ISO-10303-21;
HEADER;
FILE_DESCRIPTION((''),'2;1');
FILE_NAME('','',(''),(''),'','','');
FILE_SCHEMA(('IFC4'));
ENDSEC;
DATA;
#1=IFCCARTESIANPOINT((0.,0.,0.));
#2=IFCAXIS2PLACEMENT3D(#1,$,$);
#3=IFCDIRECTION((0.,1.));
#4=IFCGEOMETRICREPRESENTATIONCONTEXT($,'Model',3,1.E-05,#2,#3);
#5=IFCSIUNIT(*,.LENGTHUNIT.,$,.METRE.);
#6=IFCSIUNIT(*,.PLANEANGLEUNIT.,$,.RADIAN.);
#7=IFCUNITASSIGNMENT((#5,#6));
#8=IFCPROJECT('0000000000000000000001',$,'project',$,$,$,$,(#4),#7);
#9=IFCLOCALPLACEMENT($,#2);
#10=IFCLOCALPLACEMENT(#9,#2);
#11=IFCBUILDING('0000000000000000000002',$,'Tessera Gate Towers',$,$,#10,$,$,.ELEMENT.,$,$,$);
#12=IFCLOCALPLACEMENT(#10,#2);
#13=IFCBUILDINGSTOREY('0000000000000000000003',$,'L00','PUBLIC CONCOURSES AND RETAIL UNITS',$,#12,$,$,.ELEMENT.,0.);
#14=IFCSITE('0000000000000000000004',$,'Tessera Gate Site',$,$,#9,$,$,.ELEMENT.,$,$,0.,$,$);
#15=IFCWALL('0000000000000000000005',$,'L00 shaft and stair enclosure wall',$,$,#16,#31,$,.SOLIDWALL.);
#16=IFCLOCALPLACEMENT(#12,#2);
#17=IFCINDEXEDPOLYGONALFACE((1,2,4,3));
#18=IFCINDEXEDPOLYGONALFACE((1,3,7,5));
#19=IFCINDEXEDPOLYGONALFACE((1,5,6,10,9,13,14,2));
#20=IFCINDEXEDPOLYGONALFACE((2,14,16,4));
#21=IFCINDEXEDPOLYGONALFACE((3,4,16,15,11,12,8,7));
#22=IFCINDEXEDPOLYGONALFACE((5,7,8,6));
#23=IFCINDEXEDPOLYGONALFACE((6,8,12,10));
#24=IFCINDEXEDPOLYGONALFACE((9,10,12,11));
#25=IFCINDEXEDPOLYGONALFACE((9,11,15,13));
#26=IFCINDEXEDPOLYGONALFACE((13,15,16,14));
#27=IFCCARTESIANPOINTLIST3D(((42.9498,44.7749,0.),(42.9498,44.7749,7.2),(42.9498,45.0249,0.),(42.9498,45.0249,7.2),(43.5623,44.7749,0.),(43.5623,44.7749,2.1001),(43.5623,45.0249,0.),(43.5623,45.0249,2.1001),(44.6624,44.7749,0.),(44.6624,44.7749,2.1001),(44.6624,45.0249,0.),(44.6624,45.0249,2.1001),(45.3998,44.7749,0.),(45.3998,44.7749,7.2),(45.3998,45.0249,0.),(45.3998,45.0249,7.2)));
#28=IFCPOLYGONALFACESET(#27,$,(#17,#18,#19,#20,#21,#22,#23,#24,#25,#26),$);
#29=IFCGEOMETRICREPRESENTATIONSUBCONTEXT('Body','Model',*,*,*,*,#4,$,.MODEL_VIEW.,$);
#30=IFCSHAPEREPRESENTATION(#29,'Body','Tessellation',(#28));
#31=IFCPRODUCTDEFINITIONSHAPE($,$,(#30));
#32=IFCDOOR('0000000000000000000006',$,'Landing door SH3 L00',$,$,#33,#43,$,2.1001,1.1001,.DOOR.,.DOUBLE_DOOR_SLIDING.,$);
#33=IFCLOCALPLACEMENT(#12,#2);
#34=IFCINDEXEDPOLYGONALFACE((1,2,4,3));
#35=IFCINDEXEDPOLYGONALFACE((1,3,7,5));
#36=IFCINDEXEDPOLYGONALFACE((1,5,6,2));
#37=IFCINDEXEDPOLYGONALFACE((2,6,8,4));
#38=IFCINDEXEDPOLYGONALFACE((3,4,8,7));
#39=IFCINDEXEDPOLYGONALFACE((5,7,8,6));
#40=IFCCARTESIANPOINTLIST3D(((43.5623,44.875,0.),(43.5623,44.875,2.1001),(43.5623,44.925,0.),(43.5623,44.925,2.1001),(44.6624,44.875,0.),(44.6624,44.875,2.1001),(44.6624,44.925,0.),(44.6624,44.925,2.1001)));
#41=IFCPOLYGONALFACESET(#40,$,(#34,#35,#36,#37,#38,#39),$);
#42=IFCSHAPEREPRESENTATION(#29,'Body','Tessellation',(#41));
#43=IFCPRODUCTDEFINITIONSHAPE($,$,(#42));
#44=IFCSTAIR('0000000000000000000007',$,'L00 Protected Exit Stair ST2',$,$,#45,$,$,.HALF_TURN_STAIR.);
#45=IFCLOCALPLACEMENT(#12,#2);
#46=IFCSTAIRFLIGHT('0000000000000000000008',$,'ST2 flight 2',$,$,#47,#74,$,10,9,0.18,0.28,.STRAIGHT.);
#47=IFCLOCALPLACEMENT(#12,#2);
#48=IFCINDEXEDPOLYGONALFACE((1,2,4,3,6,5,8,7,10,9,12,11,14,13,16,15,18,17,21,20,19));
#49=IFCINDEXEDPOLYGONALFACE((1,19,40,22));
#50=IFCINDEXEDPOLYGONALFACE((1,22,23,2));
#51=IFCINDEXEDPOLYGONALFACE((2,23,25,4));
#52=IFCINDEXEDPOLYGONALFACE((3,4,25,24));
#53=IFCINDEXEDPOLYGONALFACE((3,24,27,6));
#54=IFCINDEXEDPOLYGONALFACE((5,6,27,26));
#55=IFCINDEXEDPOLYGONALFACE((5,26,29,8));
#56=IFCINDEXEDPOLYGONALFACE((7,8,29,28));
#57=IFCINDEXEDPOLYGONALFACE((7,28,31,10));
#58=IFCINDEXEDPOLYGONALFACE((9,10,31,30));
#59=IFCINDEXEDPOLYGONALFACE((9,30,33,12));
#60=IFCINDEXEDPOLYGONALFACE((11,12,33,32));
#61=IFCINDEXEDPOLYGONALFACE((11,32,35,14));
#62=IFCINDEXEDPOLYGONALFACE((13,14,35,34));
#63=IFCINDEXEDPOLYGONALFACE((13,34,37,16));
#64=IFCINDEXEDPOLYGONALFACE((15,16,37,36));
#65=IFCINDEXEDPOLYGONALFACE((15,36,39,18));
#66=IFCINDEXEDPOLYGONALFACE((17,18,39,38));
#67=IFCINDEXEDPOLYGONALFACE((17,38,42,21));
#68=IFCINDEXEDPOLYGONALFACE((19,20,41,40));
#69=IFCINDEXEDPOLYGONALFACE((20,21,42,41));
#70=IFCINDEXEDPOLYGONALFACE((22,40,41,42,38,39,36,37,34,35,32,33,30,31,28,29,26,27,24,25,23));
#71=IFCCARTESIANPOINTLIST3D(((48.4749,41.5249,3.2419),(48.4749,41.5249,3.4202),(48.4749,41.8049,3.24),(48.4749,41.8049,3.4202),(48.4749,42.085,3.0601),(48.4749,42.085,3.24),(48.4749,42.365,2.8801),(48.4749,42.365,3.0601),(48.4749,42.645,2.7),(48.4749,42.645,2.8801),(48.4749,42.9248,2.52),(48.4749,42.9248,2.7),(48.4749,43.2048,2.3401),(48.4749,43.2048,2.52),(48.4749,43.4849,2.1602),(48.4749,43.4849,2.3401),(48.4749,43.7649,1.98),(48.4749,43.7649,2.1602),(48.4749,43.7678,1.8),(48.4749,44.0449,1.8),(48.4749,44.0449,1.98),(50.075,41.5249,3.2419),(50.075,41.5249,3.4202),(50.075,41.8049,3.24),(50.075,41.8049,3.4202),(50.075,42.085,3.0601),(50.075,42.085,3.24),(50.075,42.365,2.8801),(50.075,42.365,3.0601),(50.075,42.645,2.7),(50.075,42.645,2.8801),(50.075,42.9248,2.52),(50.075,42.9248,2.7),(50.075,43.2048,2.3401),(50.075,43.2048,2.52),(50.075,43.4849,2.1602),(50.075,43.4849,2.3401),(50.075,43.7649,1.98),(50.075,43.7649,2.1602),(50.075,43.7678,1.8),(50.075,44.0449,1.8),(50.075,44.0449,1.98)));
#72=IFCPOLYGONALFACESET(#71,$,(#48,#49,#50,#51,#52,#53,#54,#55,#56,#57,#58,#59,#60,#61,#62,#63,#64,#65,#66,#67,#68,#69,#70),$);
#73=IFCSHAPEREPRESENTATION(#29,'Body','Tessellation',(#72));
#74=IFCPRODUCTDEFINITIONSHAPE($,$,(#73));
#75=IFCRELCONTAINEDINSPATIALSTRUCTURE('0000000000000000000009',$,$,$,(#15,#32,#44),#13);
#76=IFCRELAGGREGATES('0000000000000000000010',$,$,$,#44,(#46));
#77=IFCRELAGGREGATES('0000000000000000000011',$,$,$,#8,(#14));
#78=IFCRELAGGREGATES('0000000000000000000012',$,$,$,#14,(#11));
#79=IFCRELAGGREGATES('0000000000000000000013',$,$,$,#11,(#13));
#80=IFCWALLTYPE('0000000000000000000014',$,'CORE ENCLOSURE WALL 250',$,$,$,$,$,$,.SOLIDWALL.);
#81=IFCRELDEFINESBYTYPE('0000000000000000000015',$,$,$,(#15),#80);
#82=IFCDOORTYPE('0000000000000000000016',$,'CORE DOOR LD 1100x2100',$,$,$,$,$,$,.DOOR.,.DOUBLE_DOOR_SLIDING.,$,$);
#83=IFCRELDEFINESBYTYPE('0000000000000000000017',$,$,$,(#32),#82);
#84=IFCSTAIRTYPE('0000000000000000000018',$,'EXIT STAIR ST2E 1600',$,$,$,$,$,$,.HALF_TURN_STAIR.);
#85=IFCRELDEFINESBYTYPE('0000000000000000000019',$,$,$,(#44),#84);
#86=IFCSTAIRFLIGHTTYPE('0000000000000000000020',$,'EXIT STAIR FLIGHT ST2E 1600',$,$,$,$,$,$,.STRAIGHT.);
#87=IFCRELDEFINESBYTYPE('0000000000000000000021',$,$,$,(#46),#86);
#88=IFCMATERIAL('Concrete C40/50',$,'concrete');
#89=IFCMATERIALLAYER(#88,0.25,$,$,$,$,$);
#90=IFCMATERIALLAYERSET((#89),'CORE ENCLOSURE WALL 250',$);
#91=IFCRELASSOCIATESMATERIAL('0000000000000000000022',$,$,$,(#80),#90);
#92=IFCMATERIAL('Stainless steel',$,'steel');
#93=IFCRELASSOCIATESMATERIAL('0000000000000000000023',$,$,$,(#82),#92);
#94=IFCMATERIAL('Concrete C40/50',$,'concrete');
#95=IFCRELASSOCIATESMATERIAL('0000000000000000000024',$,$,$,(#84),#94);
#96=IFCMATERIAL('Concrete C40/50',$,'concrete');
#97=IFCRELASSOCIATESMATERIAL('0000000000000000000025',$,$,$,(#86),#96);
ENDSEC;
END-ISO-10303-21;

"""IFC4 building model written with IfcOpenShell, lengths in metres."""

from ifc_helpers import new_model, si_unit, direction, frame, frame_2d, origin, place, context, subcontext, project, spatial, polyline, rectangle, outline, extrude, source, transform, mapped, material, layer, layer_set, type_object, element, fill, aggregate, save


model = new_model("IFC4")

# Units and contexts
model_context = context("Model", 3, precision=1e-05, world=origin(), true_north=direction((0.0, 1.0)))
body_context = subcontext(model_context, "Body", "Model", "MODEL_VIEW")
ifc_project = project(units=[si_unit("LENGTHUNIT", "METRE"), si_unit("PLANEANGLEUNIT", "RADIAN")], contexts=[model_context])

# Site, building, storey
site_placement = place(None, origin())
site = spatial("IfcSite", under=ifc_project, at=site_placement, Name="Tessera Gate Site", CompositionType="ELEMENT", RefElevation=0.0)
building_placement = place(site_placement, origin())
building = spatial("IfcBuilding", under=site, at=building_placement, Name="Tessera Gate Towers", CompositionType="ELEMENT")
storey_placement = place(building_placement, origin())
storey = spatial("IfcBuildingStorey", under=building, at=storey_placement, Name="L00", Description="PUBLIC CONCOURSES AND RETAIL UNITS", CompositionType="ELEMENT", Elevation=0.0)

# Shared definitions
ifc_material_1 = material(Name="Concrete C40/50", Category="concrete")
ifc_layer = layer(ifc_material_1, 0.25)
ifc_layer_set = layer_set([ifc_layer], Name="CORE ENCLOSURE WALL 250")
wall_type = type_object("IfcWallType", Name="CORE ENCLOSURE WALL 250", PredefinedType="SOLIDWALL", material=ifc_layer_set)

# Shared definitions
shared_shape_1 = source(origin(), body_context, "Body", "SweptSolid", [
    extrude(rectangle(XDim=1.1001, YDim=2.1001, at=frame_2d((0.55, 1.05))), frame((0.0, 0.135, 0.0), z_axis=(0.0, -1.0, 0.0), x_axis=(1.0, 0.0, 0.0)), (0.0, 0.0, 1.0), 0.27),
])
ifc_material_2 = material(Name="Stainless steel", Category="steel")
door_type_1 = type_object("IfcDoorType", Name="CORE DOOR LD 1100x2100", OperationType="DOUBLE_DOOR_SLIDING", PredefinedType="DOOR", material=ifc_material_2)
shared_shape_2 = source(origin(), body_context, "Body", "SweptSolid", [
    extrude(rectangle(XDim=1.1001, YDim=2.1001, at=frame_2d((0.55, 1.05))), frame((0.0, 0.0249, 0.0), z_axis=(0.0, -1.0, 0.0), x_axis=(1.0, 0.0, 0.0)), (0.0, 0.0, 1.0), 0.05),
])

# Wall, opening, door
wall_1_placement = place(storey_placement, frame((45.3999, 44.8999, 0.0), z_axis=(0.0, 0.0, 1.0), x_axis=(-1.0, 0.0, 0.0)))
wall_1 = element("IfcWall", 1, at=wall_1_placement, inside=storey, type_object=wall_type, Name="L00 shaft and stair enclosure wall", PredefinedType="SOLIDWALL", context=body_context, shape_type="SweptSolid", body=[
    extrude(rectangle(XDim=2.45, YDim=0.25, at=frame_2d((1.2251, 0.0))), origin(), (0.0, 0.0, 1.0), 7.2),
])
opening_1_placement = place(wall_1_placement, frame((0.7375, 0.0, 0.0)))
opening_1 = element("IfcOpeningElement", 2, at=opening_1_placement, cuts=wall_1, PredefinedType="OPENING", context=body_context, shape_type="MappedRepresentation", body=[
    mapped(shared_shape_1, transform((0.0, 0.0, 0.0), scale=1.0)),
])
door_1_placement = place(opening_1_placement, origin())
door_1 = element("IfcDoor", 3, at=door_1_placement, inside=storey, type_object=door_type_1, Name="Landing door SH3 L00", OperationType="DOUBLE_DOOR_SLIDING", OverallHeight=2.1001, OverallWidth=1.1001, PredefinedType="DOOR", context=body_context, shape_type="MappedRepresentation", body=[
    mapped(shared_shape_2, transform((0.0, 0.0, 0.0), scale=1.0)),
])
fill(opening_1, door_1)

# Stair, stair flight
ifc_material_3 = material(Name="Concrete C40/50", Category="concrete")
stair_type = type_object("IfcStairType", Name="EXIT STAIR ST2E 1600", PredefinedType="HALF_TURN_STAIR", material=ifc_material_3)
stair_placement = place(storey_placement, origin())
stair = element("IfcStair", 4, at=stair_placement, inside=storey, type_object=stair_type, Name="L00 Protected Exit Stair ST2", PredefinedType="HALF_TURN_STAIR")
ifc_material_4 = material(Name="Concrete C40/50", Category="concrete")
stair_flight_type = type_object("IfcStairFlightType", Name="EXIT STAIR FLIGHT ST2E 1600", PredefinedType="STRAIGHT", material=ifc_material_4)
stair_flight_placement = place(storey_placement, frame((49.2749, 44.0449, 1.8), z_axis=(0.0, 0.0, 1.0), x_axis=(0.0, -1.0, 0.0)))
stair_flight = element("IfcStairFlight", 5, at=stair_flight_placement, type_object=stair_flight_type, Name="ST2 flight 2", NumberOfRisers=10, NumberOfTreads=9, PredefinedType="STRAIGHT", RiserHeight=0.18, TreadLength=0.28, context=body_context, shape_type="SweptSolid", body=[
    extrude(outline(polyline([(0.0, 0.0), (0.0, 0.1799), (0.28, 0.1799), (0.28, 0.3601), (0.5601, 0.3601), (0.5601, 0.54), (0.8401, 0.54), (0.8401, 0.72), (1.1201, 0.72), (1.1201, 0.8999), (1.3999, 0.8999), (1.3999, 1.0801), (1.6799, 1.0801), (1.6799, 1.26), (1.96, 1.26), (1.96, 1.4399), (2.24, 1.4399), (2.24, 1.6201), (2.52, 1.6201), (2.52, 1.8), (2.52, 1.4419), (0.2771, 0.0), (0.0, 0.0)])), frame((0.0, 0.8, 0.0), z_axis=(0.0, -1.0, 0.0), x_axis=(1.0, 0.0, 0.0)), (0.0, 0.0, 1.0), 1.6001),
])
aggregate(stair, [stair_flight])

save(model, "model.ifc")
